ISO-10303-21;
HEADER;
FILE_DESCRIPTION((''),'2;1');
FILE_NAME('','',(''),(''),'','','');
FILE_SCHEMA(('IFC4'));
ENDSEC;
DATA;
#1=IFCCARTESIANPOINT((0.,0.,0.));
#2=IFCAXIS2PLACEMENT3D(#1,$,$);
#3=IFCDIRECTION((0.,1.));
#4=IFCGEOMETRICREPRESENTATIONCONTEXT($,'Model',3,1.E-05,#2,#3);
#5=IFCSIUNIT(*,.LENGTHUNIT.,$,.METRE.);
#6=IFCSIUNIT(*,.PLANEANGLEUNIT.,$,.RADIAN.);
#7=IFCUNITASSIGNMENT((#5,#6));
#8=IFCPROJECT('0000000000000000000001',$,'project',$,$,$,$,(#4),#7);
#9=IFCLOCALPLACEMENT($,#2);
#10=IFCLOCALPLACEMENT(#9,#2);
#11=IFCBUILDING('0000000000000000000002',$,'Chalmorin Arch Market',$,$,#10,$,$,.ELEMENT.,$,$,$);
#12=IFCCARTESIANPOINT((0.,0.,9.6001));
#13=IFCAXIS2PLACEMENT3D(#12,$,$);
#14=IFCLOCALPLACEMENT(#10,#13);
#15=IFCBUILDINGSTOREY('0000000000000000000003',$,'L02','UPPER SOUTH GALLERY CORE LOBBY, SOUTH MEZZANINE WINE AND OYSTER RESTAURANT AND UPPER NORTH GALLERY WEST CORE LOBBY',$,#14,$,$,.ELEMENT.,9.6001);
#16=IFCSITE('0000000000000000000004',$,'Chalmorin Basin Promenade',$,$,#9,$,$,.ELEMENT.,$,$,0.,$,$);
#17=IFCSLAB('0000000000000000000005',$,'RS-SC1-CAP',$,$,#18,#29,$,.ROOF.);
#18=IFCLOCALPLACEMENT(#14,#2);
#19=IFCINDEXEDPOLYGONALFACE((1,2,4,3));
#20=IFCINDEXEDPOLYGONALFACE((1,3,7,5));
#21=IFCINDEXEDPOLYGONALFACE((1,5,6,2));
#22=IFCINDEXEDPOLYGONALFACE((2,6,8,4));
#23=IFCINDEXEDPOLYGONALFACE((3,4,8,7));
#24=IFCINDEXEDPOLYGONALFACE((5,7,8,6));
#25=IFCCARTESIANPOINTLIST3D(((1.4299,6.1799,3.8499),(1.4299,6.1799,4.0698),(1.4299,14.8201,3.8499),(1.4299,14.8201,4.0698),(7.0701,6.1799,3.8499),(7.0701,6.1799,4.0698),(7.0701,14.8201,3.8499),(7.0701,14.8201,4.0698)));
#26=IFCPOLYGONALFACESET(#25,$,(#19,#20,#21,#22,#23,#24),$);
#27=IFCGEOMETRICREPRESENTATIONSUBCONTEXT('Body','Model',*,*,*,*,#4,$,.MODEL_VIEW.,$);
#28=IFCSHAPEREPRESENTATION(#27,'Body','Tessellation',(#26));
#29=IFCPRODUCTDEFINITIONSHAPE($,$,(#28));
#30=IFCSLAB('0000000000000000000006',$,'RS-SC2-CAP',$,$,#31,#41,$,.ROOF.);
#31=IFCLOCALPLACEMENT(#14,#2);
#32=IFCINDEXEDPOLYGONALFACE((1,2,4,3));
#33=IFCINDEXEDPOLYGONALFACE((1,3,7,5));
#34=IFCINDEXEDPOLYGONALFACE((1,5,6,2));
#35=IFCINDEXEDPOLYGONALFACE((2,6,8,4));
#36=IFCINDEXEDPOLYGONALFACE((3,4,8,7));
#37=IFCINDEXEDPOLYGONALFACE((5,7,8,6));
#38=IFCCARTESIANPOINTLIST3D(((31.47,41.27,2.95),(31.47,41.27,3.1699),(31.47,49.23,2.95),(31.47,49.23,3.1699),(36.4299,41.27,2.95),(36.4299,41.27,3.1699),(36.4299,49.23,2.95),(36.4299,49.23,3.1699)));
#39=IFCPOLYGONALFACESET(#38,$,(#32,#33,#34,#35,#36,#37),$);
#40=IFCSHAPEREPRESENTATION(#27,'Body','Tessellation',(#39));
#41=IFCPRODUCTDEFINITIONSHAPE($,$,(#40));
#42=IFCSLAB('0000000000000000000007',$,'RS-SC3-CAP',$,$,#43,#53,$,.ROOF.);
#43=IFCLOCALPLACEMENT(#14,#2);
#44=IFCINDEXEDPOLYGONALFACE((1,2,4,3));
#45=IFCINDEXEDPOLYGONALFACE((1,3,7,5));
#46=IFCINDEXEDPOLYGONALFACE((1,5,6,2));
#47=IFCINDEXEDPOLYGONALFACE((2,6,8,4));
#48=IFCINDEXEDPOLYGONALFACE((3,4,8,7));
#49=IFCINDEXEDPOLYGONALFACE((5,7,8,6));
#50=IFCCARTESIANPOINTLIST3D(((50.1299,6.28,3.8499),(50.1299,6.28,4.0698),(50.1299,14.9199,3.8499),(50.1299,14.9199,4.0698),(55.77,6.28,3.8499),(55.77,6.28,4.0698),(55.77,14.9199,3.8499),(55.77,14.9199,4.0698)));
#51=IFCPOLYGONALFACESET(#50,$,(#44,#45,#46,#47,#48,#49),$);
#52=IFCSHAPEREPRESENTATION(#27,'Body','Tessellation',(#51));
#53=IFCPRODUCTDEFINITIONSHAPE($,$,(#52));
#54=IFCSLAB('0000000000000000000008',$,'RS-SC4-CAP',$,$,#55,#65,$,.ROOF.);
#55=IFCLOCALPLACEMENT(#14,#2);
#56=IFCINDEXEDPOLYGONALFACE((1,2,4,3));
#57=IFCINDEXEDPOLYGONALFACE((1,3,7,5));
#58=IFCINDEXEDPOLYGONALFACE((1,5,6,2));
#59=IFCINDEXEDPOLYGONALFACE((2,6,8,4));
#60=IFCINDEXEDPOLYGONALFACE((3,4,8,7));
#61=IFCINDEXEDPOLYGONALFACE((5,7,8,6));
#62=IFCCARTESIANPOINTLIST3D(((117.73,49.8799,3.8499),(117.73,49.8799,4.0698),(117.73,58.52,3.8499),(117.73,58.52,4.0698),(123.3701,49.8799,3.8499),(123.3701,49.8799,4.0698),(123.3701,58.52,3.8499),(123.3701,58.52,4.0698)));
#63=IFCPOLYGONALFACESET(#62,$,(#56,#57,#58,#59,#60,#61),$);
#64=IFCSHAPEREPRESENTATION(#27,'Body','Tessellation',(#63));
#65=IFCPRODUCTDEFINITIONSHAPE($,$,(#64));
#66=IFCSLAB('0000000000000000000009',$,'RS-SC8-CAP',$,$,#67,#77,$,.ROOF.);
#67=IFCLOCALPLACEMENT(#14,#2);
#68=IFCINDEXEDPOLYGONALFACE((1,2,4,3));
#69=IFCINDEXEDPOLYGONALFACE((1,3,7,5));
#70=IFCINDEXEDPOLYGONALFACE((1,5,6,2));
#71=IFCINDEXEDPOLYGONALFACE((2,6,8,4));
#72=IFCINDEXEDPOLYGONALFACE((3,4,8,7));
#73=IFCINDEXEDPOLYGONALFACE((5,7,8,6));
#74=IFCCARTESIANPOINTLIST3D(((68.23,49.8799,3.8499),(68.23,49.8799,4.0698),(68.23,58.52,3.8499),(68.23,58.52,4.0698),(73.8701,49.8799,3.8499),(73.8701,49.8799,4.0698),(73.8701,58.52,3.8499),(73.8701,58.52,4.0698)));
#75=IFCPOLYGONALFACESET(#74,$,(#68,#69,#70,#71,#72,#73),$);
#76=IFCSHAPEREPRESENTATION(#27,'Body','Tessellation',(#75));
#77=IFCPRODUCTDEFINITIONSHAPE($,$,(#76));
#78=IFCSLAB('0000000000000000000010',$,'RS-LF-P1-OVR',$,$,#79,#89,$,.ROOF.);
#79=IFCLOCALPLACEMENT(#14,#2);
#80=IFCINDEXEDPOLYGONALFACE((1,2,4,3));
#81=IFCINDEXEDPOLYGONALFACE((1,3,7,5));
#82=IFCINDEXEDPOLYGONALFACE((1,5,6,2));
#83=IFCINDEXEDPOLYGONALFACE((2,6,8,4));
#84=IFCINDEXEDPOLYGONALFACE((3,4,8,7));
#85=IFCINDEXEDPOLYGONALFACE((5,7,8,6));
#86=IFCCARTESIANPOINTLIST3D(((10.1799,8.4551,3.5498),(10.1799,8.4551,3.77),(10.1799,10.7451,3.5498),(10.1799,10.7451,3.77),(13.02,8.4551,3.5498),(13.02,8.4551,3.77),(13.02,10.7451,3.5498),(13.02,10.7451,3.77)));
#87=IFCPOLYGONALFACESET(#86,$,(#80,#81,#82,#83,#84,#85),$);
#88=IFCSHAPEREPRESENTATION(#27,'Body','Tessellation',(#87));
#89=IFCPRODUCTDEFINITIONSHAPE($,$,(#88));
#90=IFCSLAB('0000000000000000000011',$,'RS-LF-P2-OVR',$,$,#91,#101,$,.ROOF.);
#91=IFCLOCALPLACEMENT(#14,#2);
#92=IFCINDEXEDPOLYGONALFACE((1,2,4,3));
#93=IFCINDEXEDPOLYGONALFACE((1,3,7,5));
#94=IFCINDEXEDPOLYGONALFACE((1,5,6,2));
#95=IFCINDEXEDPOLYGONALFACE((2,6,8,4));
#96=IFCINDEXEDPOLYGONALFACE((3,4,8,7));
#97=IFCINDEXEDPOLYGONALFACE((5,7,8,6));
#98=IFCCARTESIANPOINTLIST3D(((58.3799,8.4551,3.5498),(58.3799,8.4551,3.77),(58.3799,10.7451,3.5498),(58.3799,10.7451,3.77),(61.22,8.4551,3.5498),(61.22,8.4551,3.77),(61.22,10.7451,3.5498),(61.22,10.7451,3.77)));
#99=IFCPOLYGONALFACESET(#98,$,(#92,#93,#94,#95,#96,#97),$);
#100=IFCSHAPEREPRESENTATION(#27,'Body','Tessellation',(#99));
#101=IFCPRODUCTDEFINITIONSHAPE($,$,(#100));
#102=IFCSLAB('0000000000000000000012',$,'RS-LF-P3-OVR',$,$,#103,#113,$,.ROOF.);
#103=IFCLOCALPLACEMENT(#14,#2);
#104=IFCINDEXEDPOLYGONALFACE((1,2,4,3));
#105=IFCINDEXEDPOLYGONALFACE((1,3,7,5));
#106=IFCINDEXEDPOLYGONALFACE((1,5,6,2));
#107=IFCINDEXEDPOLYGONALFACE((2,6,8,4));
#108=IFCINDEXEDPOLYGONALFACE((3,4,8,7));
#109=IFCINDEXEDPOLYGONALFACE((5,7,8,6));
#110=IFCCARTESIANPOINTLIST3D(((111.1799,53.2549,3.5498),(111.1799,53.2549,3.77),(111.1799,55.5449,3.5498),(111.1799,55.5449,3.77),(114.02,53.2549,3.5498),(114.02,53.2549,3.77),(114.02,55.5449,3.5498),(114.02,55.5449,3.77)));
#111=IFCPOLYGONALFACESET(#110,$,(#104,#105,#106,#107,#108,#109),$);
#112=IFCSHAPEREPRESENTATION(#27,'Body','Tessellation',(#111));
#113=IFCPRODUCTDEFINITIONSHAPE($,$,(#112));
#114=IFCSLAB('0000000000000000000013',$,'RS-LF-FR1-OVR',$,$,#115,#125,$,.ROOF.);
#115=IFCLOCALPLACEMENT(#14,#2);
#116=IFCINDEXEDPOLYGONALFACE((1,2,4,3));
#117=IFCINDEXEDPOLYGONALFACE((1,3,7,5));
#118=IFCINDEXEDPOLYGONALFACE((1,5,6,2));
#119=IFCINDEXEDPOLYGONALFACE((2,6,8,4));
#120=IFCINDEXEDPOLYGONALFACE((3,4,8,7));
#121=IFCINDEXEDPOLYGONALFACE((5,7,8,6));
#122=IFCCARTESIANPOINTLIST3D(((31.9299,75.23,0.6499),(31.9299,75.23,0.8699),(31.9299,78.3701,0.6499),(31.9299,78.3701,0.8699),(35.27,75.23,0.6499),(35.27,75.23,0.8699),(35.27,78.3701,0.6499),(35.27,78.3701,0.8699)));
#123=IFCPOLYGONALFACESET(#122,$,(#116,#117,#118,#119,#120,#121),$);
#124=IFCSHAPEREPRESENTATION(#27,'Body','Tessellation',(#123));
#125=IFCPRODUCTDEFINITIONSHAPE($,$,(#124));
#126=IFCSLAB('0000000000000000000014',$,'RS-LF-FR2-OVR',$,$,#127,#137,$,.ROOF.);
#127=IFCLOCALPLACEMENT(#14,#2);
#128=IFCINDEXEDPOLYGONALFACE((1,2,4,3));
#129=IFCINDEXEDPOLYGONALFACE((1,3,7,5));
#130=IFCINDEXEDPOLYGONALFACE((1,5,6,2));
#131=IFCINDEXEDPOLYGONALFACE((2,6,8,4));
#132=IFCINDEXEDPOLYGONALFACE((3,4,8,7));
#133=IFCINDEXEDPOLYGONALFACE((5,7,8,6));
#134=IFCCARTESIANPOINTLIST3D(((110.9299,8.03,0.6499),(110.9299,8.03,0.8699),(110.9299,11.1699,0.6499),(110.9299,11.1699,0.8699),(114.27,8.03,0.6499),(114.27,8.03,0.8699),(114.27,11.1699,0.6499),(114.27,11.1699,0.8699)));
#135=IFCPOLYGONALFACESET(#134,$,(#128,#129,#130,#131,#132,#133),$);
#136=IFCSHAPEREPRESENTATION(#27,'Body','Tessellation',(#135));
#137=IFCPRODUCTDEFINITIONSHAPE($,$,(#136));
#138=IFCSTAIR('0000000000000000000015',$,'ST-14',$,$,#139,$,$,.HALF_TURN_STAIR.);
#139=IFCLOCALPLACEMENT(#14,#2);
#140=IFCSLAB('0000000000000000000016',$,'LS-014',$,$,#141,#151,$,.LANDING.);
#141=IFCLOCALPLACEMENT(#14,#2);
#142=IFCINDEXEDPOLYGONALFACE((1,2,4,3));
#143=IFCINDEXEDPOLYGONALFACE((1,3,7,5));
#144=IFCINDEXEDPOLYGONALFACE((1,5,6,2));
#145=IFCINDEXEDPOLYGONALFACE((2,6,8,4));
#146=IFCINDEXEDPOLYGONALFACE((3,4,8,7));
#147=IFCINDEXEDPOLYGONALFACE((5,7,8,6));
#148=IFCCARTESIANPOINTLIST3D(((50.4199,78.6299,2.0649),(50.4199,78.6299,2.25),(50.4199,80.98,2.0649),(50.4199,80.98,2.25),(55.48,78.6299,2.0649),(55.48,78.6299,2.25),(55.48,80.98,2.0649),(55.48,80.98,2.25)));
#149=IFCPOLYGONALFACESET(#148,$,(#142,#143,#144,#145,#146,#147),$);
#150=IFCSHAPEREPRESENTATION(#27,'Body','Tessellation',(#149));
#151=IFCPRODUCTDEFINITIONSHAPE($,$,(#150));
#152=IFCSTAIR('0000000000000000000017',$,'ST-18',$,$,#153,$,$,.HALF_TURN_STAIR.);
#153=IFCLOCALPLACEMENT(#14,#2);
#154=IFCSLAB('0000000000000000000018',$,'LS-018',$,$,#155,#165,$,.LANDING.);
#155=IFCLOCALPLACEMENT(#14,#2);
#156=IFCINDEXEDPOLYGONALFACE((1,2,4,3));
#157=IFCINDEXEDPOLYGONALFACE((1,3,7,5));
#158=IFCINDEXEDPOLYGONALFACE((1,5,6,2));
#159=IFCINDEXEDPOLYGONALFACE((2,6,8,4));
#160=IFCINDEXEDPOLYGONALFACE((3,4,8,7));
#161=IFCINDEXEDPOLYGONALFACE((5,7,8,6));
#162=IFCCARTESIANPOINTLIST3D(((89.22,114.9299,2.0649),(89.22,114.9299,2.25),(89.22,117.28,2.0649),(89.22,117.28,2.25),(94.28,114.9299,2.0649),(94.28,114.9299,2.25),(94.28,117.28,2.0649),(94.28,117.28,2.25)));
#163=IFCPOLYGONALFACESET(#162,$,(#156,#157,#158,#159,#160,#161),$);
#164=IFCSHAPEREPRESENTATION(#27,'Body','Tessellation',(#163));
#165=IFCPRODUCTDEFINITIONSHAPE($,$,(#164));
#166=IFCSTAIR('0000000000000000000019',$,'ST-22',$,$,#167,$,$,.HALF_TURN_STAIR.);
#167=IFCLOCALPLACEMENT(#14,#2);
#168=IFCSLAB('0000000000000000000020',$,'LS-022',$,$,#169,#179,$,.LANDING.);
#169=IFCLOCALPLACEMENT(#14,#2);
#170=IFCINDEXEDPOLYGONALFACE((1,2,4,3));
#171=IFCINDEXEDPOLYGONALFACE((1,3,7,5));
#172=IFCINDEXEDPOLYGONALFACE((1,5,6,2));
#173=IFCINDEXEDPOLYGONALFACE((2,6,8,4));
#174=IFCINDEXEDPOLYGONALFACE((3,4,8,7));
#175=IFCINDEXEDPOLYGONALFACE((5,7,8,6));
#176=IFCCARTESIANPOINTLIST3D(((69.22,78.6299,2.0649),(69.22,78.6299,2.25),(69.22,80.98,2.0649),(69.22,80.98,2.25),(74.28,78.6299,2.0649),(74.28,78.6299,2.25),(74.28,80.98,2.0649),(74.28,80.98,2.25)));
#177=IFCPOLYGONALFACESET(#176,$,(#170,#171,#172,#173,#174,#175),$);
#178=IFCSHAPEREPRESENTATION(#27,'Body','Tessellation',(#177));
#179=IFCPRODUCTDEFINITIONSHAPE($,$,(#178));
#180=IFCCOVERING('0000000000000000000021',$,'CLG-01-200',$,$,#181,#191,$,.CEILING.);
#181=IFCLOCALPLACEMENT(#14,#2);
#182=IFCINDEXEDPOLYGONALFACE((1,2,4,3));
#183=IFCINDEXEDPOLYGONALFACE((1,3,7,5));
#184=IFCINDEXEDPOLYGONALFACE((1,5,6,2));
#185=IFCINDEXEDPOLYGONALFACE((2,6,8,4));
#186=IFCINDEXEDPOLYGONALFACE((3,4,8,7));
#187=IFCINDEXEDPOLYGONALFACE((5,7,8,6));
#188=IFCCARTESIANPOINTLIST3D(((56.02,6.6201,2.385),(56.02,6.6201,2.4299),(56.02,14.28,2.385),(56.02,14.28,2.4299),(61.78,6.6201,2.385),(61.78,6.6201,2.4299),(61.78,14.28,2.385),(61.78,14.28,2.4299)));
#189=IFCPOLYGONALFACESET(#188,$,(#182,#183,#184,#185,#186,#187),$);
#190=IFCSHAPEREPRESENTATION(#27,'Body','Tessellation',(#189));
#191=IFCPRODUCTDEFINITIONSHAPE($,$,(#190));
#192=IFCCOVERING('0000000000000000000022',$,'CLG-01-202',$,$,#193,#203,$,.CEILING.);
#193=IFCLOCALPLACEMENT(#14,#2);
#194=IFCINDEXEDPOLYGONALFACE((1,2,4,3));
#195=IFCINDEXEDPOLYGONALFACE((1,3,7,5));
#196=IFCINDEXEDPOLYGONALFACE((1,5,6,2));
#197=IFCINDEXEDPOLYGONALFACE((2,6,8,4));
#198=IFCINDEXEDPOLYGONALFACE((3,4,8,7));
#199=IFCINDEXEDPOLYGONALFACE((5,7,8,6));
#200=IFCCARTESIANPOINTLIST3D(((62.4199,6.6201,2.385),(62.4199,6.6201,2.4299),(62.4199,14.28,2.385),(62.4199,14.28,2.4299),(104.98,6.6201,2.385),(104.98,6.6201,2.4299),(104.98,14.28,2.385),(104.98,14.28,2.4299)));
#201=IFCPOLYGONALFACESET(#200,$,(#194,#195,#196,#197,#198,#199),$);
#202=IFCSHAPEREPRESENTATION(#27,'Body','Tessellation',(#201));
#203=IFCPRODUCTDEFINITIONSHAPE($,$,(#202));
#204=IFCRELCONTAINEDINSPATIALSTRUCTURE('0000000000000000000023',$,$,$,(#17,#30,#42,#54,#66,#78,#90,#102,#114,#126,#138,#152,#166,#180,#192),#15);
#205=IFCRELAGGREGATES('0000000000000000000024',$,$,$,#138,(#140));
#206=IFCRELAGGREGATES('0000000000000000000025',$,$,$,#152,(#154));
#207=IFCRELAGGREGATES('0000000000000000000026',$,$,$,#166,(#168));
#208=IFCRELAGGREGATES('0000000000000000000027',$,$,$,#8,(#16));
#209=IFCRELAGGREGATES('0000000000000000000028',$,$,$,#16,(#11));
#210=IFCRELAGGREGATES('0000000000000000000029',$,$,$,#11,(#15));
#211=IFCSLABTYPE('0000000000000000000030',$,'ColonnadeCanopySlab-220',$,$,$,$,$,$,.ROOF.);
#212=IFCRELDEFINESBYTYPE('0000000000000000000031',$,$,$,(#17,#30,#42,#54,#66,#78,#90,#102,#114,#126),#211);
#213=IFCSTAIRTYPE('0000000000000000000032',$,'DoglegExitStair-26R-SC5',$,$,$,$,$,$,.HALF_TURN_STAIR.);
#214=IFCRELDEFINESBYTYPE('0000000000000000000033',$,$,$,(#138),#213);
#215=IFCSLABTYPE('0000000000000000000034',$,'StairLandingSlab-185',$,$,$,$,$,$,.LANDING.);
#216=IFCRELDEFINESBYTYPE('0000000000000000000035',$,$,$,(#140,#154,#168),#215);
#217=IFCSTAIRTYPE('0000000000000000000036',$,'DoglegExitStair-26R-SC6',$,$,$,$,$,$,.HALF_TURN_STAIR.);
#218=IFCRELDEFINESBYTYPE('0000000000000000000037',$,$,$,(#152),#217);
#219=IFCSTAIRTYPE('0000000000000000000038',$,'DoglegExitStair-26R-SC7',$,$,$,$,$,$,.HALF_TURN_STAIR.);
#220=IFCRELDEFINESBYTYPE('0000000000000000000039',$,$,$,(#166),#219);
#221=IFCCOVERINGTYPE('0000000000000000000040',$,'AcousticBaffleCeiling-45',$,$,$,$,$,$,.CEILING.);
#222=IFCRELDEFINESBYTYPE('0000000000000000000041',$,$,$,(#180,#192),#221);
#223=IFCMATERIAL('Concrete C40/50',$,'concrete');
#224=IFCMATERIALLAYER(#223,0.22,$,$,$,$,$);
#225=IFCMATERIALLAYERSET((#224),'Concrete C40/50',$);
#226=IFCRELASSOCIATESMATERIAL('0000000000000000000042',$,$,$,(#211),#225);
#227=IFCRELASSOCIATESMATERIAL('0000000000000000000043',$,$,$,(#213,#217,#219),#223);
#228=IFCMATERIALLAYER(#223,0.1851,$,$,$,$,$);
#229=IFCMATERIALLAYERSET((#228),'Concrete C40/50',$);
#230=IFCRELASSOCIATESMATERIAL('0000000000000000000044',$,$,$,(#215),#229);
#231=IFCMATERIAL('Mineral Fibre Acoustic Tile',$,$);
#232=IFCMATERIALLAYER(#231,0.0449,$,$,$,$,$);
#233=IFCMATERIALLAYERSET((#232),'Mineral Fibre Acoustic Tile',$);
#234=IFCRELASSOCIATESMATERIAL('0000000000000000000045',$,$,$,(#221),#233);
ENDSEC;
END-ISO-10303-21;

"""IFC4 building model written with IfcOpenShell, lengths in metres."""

from ifc_helpers import new_model, si_unit, direction, frame, origin, place, context, subcontext, project, spatial, polyline, outline, extrude, material, layer, layer_set, type_object, element, aggregate, save


model = new_model("IFC4")

# Units and contexts
model_context = context("Model", 3, precision=1e-05, world=origin(), true_north=direction((0.0, 1.0)))
body_context = subcontext(model_context, "Body", "Model", "MODEL_VIEW")
ifc_project = project(units=[si_unit("LENGTHUNIT", "METRE"), si_unit("PLANEANGLEUNIT", "RADIAN")], contexts=[model_context])

# Site, building, storey
site_placement = place(None, origin())
site = spatial("IfcSite", under=ifc_project, at=site_placement, Name="Chalmorin Basin Promenade", CompositionType="ELEMENT", RefElevation=0.0)
building_placement = place(site_placement, origin())
building = spatial("IfcBuilding", under=site, at=building_placement, Name="Chalmorin Arch Market", CompositionType="ELEMENT")
storey_placement = place(building_placement, frame((0.0, 0.0, 9.6001)))
storey = spatial("IfcBuildingStorey", under=building, at=storey_placement, Name="L02", Description="UPPER SOUTH GALLERY CORE LOBBY, SOUTH MEZZANINE WINE AND OYSTER RESTAURANT AND UPPER NORTH GALLERY WEST CORE LOBBY", CompositionType="ELEMENT", Elevation=9.6001)

# Slabs
ifc_material_1 = material(Name="Concrete C40/50", Category="concrete")
ifc_layer_1 = layer(ifc_material_1, 0.22)
ifc_layer_set_1 = layer_set([ifc_layer_1], Name="Concrete C40/50")
slab_type_1 = type_object("IfcSlabType", Name="ColonnadeCanopySlab-220", PredefinedType="ROOF", material=ifc_layer_set_1)
slab_1_placement = place(storey_placement, frame((0.0, 0.0, 3.8499)))
element("IfcSlab", 1, at=slab_1_placement, inside=storey, type_object=slab_type_1, Name="RS-SC1-CAP", PredefinedType="ROOF", context=body_context, shape_type="SweptSolid", body=[
    extrude(outline(polyline([(1.4299, 6.1799), (7.0701, 6.1799), (7.0701, 14.8201), (1.4299, 14.8201), (1.4299, 6.1799)])), origin(), (0.0, 0.0, 1.0), 0.22),
])
slab_2_placement = place(storey_placement, frame((0.0, 0.0, 2.95)))
element("IfcSlab", 2, at=slab_2_placement, inside=storey, type_object=slab_type_1, Name="RS-SC2-CAP", PredefinedType="ROOF", context=body_context, shape_type="SweptSolid", body=[
    extrude(outline(polyline([(31.47, 41.27), (36.4299, 41.27), (36.4299, 49.23), (31.47, 49.23), (31.47, 41.27)])), origin(), (0.0, 0.0, 1.0), 0.22),
])
slab_3_placement = place(storey_placement, frame((0.0, 0.0, 3.8499)))
element("IfcSlab", 3, at=slab_3_placement, inside=storey, type_object=slab_type_1, Name="RS-SC3-CAP", PredefinedType="ROOF", context=body_context, shape_type="SweptSolid", body=[
    extrude(outline(polyline([(50.1299, 6.28), (55.77, 6.28), (55.77, 14.9199), (50.1299, 14.9199), (50.1299, 6.28)])), origin(), (0.0, 0.0, 1.0), 0.22),
])
slab_4_placement = place(storey_placement, frame((0.0, 0.0, 3.8499)))
element("IfcSlab", 4, at=slab_4_placement, inside=storey, type_object=slab_type_1, Name="RS-SC4-CAP", PredefinedType="ROOF", context=body_context, shape_type="SweptSolid", body=[
    extrude(outline(polyline([(117.73, 49.8799), (123.3701, 49.8799), (123.3701, 58.52), (117.73, 58.52), (117.73, 49.8799)])), origin(), (0.0, 0.0, 1.0), 0.22),
])
slab_5_placement = place(storey_placement, frame((0.0, 0.0, 3.8499)))
element("IfcSlab", 5, at=slab_5_placement, inside=storey, type_object=slab_type_1, Name="RS-SC8-CAP", PredefinedType="ROOF", context=body_context, shape_type="SweptSolid", body=[
    extrude(outline(polyline([(68.23, 49.8799), (73.8701, 49.8799), (73.8701, 58.52), (68.23, 58.52), (68.23, 49.8799)])), origin(), (0.0, 0.0, 1.0), 0.22),
])
slab_6_placement = place(storey_placement, frame((0.0, 0.0, 3.5498)))
element("IfcSlab", 6, at=slab_6_placement, inside=storey, type_object=slab_type_1, Name="RS-LF-P1-OVR", PredefinedType="ROOF", context=body_context, shape_type="SweptSolid", body=[
    extrude(outline(polyline([(10.1799, 8.4551), (13.02, 8.4551), (13.02, 10.7451), (10.1799, 10.7451), (10.1799, 8.4551)])), origin(), (0.0, 0.0, 1.0), 0.2202),
])
slab_7_placement = place(storey_placement, frame((0.0, 0.0, 3.5498)))
element("IfcSlab", 7, at=slab_7_placement, inside=storey, type_object=slab_type_1, Name="RS-LF-P2-OVR", PredefinedType="ROOF", context=body_context, shape_type="SweptSolid", body=[
    extrude(outline(polyline([(58.3799, 8.4551), (61.22, 8.4551), (61.22, 10.7451), (58.3799, 10.7451), (58.3799, 8.4551)])), origin(), (0.0, 0.0, 1.0), 0.2202),
])
slab_8_placement = place(storey_placement, frame((0.0, 0.0, 3.5498)))
element("IfcSlab", 8, at=slab_8_placement, inside=storey, type_object=slab_type_1, Name="RS-LF-P3-OVR", PredefinedType="ROOF", context=body_context, shape_type="SweptSolid", body=[
    extrude(outline(polyline([(111.1799, 53.2549), (114.02, 53.2549), (114.02, 55.5449), (111.1799, 55.5449), (111.1799, 53.2549)])), origin(), (0.0, 0.0, 1.0), 0.2202),
])
slab_9_placement = place(storey_placement, frame((0.0, 0.0, 0.6499)))
element("IfcSlab", 9, at=slab_9_placement, inside=storey, type_object=slab_type_1, Name="RS-LF-FR1-OVR", PredefinedType="ROOF", context=body_context, shape_type="SweptSolid", body=[
    extrude(outline(polyline([(31.9299, 75.23), (35.27, 75.23), (35.27, 78.3701), (31.9299, 78.3701), (31.9299, 75.23)])), origin(), (0.0, 0.0, 1.0), 0.22),
])
slab_10_placement = place(storey_placement, frame((0.0, 0.0, 0.6499)))
element("IfcSlab", 10, at=slab_10_placement, inside=storey, type_object=slab_type_1, Name="RS-LF-FR2-OVR", PredefinedType="ROOF", context=body_context, shape_type="SweptSolid", body=[
    extrude(outline(polyline([(110.9299, 8.03), (114.27, 8.03), (114.27, 11.1699), (110.9299, 11.1699), (110.9299, 8.03)])), origin(), (0.0, 0.0, 1.0), 0.22),
])

# Stairs, slabs
stair_type_1 = type_object("IfcStairType", Name="DoglegExitStair-26R-SC5", PredefinedType="HALF_TURN_STAIR", material=ifc_material_1)
stair_1_placement = place(storey_placement, origin())
stair_1 = element("IfcStair", 11, at=stair_1_placement, inside=storey, type_object=stair_type_1, Name="ST-14", PredefinedType="HALF_TURN_STAIR")
ifc_layer_2 = layer(ifc_material_1, 0.1851)
ifc_layer_set_2 = layer_set([ifc_layer_2], Name="Concrete C40/50")
slab_type_2 = type_object("IfcSlabType", Name="StairLandingSlab-185", PredefinedType="LANDING", material=ifc_layer_set_2)
slab_11_placement = place(storey_placement, frame((0.0, 0.0, 2.0649)))
slab_11 = element("IfcSlab", 12, at=slab_11_placement, type_object=slab_type_2, Name="LS-014", PredefinedType="LANDING", context=body_context, shape_type="SweptSolid", body=[
    extrude(outline(polyline([(50.4199, 78.6299), (55.48, 78.6299), (55.48, 80.98), (50.4199, 80.98), (50.4199, 78.6299)])), origin(), (0.0, 0.0, 1.0), 0.1851),
])
aggregate(stair_1, [slab_11])
stair_type_2 = type_object("IfcStairType", Name="DoglegExitStair-26R-SC6", PredefinedType="HALF_TURN_STAIR", material=ifc_material_1)
stair_2_placement = place(storey_placement, origin())
stair_2 = element("IfcStair", 13, at=stair_2_placement, inside=storey, type_object=stair_type_2, Name="ST-18", PredefinedType="HALF_TURN_STAIR")
slab_12_placement = place(storey_placement, frame((0.0, 0.0, 2.0649)))
slab_12 = element("IfcSlab", 14, at=slab_12_placement, type_object=slab_type_2, Name="LS-018", PredefinedType="LANDING", context=body_context, shape_type="SweptSolid", body=[
    extrude(outline(polyline([(89.22, 114.9299), (94.28, 114.9299), (94.28, 117.28), (89.22, 117.28), (89.22, 114.9299)])), origin(), (0.0, 0.0, 1.0), 0.1851),
])
aggregate(stair_2, [slab_12])
stair_type_3 = type_object("IfcStairType", Name="DoglegExitStair-26R-SC7", PredefinedType="HALF_TURN_STAIR", material=ifc_material_1)
stair_3_placement = place(storey_placement, origin())
stair_3 = element("IfcStair", 15, at=stair_3_placement, inside=storey, type_object=stair_type_3, Name="ST-22", PredefinedType="HALF_TURN_STAIR")
slab_13_placement = place(storey_placement, frame((0.0, 0.0, 2.0649)))
slab_13 = element("IfcSlab", 16, at=slab_13_placement, type_object=slab_type_2, Name="LS-022", PredefinedType="LANDING", context=body_context, shape_type="SweptSolid", body=[
    extrude(outline(polyline([(69.22, 78.6299), (74.28, 78.6299), (74.28, 80.98), (69.22, 80.98), (69.22, 78.6299)])), origin(), (0.0, 0.0, 1.0), 0.1851),
])
aggregate(stair_3, [slab_13])

# Coverings
ifc_material_2 = material(Name="Mineral Fibre Acoustic Tile")
ifc_layer_3 = layer(ifc_material_2, 0.0449)
ifc_layer_set_3 = layer_set([ifc_layer_3], Name="Mineral Fibre Acoustic Tile")
covering_type_1 = type_object("IfcCoveringType", Name="AcousticBaffleCeiling-45", PredefinedType="CEILING", material=ifc_layer_set_3)
covering_1_placement = place(storey_placement, frame((0.0, 0.0, 2.385)))
element("IfcCovering", 17, at=covering_1_placement, inside=storey, type_object=covering_type_1, Name="CLG-01-200", PredefinedType="CEILING", context=body_context, shape_type="SweptSolid", body=[
    extrude(outline(polyline([(56.02, 6.6201), (61.78, 6.6201), (61.78, 14.28), (56.02, 14.28), (56.02, 6.6201)])), origin(), (0.0, 0.0, 1.0), 0.0449),
])
covering_2_placement = place(storey_placement, frame((0.0, 0.0, 2.385)))
element("IfcCovering", 18, at=covering_2_placement, inside=storey, type_object=covering_type_1, Name="CLG-01-202", PredefinedType="CEILING", context=body_context, shape_type="SweptSolid", body=[
    extrude(outline(polyline([(62.4199, 6.6201), (104.98, 6.6201), (104.98, 14.28), (62.4199, 14.28), (62.4199, 6.6201)])), origin(), (0.0, 0.0, 1.0), 0.0449),
])

save(model, "model.ifc")
